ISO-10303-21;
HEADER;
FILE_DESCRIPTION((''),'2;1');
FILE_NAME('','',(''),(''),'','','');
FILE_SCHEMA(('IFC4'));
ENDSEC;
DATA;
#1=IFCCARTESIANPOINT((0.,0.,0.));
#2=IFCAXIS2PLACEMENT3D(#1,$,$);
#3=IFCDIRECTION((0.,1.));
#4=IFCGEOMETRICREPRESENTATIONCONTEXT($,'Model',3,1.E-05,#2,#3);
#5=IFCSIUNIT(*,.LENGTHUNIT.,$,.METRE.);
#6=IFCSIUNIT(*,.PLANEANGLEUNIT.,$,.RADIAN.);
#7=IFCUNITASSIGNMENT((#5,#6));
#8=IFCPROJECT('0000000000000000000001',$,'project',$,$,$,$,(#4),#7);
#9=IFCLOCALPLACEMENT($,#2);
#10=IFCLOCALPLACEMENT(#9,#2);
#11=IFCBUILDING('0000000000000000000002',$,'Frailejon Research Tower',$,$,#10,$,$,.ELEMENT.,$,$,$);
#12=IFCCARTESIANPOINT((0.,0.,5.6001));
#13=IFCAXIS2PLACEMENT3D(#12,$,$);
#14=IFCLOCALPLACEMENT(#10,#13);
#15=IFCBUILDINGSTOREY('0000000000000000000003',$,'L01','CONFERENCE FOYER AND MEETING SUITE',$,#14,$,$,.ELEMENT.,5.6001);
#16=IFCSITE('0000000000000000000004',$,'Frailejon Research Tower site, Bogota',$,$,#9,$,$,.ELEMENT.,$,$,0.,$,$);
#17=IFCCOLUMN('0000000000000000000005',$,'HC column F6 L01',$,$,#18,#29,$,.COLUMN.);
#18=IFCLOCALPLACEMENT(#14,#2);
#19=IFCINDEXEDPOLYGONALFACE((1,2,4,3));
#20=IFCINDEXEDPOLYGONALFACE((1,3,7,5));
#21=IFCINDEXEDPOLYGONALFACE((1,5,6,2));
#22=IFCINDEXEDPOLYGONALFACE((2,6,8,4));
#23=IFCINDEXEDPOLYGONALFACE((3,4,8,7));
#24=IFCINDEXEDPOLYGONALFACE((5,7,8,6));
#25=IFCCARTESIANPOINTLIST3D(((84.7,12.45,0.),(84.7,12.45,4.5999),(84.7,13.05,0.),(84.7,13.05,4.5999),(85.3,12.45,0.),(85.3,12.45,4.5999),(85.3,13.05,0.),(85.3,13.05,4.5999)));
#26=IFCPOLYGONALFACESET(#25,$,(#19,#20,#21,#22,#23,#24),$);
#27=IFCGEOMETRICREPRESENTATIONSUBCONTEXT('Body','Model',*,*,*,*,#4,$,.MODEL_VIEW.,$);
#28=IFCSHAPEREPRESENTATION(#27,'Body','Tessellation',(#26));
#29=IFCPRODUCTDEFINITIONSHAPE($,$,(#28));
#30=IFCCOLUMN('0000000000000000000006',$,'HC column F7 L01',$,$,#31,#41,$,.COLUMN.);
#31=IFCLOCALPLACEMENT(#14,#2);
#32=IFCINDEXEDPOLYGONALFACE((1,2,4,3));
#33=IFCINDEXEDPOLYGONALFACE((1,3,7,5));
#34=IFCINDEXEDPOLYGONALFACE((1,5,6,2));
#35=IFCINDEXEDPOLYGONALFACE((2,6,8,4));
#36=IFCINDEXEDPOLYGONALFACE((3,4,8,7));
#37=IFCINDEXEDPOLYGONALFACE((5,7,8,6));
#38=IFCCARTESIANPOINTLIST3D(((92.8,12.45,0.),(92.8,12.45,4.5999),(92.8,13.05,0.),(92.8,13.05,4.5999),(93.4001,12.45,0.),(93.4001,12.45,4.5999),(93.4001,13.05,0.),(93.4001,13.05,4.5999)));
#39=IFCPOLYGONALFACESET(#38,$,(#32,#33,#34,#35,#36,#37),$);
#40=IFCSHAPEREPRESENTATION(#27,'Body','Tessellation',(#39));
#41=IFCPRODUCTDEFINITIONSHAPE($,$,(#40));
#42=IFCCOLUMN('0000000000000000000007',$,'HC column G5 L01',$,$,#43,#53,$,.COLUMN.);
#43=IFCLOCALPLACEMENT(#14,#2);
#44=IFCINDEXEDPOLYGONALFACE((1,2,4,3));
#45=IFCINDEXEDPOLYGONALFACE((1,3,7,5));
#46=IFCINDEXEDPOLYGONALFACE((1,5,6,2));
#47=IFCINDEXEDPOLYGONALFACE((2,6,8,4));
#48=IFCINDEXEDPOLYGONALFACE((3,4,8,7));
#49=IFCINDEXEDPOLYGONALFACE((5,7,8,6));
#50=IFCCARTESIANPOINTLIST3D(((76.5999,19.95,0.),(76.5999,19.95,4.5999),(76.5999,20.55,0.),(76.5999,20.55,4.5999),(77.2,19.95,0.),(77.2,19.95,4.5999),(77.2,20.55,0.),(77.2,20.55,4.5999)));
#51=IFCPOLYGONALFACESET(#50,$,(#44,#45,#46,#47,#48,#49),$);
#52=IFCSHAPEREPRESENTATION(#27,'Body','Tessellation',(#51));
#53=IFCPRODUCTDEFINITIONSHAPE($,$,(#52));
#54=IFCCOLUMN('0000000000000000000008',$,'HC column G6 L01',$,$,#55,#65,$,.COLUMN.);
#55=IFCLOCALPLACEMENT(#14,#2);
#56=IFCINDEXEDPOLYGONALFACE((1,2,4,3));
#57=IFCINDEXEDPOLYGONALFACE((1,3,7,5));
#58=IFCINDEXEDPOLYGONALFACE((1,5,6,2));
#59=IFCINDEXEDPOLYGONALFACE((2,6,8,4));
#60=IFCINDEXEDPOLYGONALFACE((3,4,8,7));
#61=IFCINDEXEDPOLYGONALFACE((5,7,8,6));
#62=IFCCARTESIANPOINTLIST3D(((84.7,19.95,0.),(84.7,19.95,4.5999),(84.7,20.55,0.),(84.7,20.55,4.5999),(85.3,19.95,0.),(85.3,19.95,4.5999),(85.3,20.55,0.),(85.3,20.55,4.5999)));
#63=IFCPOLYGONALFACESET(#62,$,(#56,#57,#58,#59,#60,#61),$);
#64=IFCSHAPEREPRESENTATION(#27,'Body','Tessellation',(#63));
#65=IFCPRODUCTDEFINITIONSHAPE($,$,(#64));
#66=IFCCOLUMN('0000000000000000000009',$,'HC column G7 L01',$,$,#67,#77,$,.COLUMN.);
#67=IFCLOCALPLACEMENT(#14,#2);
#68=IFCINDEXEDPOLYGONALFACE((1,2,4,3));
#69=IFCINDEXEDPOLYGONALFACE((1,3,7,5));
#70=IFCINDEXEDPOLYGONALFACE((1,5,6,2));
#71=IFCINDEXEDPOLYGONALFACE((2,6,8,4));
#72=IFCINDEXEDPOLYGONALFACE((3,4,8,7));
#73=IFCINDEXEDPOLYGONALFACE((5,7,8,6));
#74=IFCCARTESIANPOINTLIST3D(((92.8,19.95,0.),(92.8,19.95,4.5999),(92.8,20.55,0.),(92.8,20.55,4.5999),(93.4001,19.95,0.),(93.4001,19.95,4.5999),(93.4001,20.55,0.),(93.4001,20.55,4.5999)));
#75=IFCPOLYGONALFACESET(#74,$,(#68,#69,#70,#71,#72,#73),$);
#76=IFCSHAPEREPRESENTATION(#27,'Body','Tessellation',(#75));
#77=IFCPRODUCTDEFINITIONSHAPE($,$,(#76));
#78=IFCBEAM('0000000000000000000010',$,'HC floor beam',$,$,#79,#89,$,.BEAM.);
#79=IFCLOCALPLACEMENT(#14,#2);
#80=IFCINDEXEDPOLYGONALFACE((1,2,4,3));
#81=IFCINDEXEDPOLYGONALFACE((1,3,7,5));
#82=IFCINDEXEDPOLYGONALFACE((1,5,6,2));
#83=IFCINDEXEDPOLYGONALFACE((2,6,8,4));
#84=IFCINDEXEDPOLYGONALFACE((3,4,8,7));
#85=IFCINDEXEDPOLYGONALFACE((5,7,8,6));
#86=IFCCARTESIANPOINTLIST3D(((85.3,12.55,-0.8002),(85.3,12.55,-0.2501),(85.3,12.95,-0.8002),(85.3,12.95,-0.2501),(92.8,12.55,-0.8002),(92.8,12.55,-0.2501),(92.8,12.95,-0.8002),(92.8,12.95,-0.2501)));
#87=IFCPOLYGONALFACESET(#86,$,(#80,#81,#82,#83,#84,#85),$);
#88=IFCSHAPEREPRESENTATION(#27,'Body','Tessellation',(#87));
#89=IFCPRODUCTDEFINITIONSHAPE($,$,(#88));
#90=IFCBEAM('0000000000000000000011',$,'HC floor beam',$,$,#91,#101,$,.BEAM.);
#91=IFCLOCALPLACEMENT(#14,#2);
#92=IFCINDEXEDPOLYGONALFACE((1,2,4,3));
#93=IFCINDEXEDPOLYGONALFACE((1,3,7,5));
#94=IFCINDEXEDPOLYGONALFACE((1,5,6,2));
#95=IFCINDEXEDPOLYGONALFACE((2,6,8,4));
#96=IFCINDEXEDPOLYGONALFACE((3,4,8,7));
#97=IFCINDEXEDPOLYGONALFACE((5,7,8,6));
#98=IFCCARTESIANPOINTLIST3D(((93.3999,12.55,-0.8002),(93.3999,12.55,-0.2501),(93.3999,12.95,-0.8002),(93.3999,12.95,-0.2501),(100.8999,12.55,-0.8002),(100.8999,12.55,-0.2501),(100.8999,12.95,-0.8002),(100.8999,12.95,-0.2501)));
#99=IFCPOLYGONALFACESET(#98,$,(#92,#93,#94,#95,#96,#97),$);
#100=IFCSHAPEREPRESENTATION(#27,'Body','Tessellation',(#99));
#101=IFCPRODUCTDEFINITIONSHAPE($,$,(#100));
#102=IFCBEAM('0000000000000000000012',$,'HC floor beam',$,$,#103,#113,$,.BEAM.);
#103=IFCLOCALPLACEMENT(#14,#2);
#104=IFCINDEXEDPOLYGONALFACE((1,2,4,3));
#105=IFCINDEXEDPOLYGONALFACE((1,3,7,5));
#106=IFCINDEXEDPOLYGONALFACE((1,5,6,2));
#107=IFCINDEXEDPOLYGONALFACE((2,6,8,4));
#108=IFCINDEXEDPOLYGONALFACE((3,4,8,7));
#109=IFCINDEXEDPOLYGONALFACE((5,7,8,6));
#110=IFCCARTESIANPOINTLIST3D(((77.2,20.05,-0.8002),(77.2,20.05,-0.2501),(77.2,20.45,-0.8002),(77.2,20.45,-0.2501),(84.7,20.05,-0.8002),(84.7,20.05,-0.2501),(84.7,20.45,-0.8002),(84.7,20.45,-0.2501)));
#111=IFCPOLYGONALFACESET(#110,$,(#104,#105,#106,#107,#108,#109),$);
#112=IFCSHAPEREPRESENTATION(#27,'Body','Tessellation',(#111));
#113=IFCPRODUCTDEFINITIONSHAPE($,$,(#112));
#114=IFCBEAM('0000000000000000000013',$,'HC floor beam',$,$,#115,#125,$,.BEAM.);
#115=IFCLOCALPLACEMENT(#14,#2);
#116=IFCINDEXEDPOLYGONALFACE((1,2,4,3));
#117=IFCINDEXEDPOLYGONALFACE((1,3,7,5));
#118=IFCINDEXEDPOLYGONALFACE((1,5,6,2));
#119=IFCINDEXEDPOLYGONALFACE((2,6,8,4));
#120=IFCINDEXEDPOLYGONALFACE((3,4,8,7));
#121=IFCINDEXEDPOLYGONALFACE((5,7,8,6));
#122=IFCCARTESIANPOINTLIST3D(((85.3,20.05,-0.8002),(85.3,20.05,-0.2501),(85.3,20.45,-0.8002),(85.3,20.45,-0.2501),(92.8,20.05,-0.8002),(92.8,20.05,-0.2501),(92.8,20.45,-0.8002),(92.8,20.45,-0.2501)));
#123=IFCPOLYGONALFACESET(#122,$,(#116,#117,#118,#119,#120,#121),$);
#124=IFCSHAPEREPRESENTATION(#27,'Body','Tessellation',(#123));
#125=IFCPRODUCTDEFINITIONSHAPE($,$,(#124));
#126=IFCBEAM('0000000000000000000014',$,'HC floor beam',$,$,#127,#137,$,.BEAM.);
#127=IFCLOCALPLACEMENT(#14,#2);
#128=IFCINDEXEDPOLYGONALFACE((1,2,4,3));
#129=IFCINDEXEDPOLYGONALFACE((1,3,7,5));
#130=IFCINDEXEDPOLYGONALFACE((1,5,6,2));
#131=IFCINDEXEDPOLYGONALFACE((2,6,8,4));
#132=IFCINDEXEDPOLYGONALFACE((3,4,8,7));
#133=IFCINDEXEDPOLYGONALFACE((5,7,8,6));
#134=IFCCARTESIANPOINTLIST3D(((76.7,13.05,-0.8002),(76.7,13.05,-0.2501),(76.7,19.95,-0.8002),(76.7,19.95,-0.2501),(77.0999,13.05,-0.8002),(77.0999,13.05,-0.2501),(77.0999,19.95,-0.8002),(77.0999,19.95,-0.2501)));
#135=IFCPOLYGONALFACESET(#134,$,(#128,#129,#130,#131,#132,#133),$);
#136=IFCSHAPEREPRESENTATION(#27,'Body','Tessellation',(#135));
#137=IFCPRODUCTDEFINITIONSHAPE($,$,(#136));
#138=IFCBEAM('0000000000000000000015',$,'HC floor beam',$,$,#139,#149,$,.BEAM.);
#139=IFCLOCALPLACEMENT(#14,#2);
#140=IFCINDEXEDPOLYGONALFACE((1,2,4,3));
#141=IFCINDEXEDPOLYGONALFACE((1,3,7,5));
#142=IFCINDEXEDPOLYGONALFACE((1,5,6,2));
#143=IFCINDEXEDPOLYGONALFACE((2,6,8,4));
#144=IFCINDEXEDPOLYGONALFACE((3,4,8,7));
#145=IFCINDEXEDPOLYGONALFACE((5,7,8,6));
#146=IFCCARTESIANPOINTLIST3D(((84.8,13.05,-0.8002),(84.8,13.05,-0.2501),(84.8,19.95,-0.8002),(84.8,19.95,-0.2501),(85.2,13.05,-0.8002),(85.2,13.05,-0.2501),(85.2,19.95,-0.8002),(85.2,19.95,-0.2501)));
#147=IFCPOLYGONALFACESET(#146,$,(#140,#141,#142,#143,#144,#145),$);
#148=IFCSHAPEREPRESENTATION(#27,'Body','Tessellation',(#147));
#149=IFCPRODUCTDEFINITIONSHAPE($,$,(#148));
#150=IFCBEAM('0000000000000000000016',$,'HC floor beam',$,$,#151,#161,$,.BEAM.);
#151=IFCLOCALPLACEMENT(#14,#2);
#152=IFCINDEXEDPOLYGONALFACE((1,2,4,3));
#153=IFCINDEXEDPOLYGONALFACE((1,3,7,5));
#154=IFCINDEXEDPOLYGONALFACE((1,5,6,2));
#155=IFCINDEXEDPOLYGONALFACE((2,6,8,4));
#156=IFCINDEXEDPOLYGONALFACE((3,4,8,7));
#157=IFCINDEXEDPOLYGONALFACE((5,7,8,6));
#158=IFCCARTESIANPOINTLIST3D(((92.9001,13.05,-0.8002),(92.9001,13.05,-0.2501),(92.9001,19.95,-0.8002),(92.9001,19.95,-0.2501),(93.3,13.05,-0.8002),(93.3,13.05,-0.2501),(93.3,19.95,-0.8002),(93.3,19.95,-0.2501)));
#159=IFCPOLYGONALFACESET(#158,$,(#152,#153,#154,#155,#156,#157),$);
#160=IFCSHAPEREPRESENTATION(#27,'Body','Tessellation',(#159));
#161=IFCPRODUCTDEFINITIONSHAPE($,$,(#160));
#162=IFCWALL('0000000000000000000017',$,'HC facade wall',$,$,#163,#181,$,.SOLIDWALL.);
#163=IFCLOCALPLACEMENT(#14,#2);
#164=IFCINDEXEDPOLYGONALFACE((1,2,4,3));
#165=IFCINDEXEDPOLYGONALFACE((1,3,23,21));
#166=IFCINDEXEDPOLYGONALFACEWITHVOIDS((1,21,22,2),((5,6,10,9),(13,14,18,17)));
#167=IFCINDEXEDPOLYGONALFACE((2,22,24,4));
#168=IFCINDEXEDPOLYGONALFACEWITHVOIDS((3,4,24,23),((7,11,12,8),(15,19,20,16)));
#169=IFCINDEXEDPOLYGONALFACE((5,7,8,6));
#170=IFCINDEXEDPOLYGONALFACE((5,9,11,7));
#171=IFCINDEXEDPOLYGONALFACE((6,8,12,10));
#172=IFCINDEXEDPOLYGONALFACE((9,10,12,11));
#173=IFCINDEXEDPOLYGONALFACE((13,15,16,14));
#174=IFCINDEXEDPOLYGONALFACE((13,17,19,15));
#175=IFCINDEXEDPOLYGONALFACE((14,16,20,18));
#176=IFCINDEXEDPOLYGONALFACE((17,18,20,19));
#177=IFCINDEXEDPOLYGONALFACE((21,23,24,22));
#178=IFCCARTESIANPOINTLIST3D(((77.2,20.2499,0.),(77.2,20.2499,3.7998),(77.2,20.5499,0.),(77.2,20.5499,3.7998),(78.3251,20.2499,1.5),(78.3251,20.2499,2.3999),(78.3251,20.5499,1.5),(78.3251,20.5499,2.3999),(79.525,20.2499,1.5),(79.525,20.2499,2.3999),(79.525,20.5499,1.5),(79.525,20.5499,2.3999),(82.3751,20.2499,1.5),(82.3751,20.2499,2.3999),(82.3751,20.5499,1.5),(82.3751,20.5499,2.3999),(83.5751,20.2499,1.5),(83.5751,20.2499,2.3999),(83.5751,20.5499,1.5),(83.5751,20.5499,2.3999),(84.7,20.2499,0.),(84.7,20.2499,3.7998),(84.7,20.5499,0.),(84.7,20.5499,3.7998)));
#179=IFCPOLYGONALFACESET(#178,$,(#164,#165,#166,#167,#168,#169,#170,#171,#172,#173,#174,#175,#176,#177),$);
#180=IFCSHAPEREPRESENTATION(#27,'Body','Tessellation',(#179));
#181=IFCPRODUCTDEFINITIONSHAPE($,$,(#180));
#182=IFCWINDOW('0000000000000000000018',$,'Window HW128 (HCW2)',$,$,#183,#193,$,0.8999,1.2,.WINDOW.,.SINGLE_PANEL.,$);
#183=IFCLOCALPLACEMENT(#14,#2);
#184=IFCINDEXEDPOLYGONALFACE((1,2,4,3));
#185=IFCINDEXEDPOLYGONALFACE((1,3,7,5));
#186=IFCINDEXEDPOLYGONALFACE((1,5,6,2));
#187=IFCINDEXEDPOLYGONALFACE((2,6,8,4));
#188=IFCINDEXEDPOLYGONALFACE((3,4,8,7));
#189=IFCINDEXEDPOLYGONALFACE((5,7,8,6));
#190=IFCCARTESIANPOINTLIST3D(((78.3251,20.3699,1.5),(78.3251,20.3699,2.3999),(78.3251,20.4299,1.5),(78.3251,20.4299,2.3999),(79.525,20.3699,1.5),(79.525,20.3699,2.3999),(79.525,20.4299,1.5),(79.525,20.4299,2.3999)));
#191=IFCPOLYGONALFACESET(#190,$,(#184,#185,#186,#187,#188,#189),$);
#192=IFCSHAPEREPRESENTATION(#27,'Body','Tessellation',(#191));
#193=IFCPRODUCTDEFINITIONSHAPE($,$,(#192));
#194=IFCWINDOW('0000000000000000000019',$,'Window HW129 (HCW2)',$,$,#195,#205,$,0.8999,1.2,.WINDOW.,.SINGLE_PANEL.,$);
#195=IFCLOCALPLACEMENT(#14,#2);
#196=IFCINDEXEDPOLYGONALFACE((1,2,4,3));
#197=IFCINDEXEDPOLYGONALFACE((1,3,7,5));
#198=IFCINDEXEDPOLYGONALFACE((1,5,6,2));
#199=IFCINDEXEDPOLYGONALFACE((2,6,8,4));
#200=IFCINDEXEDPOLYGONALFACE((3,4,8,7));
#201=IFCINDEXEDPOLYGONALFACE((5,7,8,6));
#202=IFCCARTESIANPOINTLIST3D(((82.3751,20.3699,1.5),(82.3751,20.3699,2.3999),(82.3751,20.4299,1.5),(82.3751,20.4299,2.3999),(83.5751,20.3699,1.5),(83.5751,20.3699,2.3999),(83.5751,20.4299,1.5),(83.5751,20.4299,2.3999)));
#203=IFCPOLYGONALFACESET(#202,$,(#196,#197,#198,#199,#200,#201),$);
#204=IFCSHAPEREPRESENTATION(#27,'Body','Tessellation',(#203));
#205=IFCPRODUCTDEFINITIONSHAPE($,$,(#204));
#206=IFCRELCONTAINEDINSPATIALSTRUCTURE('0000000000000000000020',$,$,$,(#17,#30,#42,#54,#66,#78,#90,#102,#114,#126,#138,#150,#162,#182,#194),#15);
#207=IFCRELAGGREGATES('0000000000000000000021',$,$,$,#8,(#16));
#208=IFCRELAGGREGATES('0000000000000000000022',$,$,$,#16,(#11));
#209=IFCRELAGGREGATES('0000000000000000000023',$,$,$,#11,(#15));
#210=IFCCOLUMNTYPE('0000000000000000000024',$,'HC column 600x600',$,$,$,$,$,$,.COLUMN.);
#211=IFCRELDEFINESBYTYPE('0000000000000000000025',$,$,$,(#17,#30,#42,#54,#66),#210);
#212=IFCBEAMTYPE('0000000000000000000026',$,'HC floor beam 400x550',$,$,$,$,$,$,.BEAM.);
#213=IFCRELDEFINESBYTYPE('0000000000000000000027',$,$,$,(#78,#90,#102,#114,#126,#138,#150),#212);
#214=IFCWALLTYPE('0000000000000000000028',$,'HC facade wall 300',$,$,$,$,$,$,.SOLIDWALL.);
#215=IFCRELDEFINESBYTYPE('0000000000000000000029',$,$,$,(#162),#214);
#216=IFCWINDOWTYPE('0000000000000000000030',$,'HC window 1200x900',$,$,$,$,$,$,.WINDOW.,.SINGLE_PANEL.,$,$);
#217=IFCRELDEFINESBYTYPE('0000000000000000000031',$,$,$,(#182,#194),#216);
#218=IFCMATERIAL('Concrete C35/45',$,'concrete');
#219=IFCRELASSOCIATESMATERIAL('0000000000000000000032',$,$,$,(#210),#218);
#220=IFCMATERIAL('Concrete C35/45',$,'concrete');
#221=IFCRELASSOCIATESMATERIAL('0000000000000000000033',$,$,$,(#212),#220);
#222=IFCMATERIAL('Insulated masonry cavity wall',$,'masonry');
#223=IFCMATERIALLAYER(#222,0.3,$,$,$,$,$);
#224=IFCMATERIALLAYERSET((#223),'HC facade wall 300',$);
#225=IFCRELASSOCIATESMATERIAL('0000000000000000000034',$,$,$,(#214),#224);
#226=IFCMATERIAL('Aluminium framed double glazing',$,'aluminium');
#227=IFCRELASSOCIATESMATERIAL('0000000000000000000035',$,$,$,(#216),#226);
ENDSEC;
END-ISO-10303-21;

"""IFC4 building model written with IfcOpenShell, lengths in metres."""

from ifc_helpers import new_model, si_unit, direction, frame, frame_2d, origin, origin_2d, place, context, subcontext, project, spatial, rectangle, extrude, material, layer, layer_set, material_profile, profile_set, type_object, element, fill, save


model = new_model("IFC4")

# Units and contexts
model_context = context("Model", 3, precision=1e-05, world=origin(), true_north=direction((0.0, 1.0)))
body_context = subcontext(model_context, "Body", "Model", "MODEL_VIEW")
ifc_project = project(units=[si_unit("LENGTHUNIT", "METRE"), si_unit("PLANEANGLEUNIT", "RADIAN")], contexts=[model_context])

# Site, building, storey
site_placement = place(None, origin())
site = spatial("IfcSite", under=ifc_project, at=site_placement, Name="Frailejon Research Tower site, Bogota", CompositionType="ELEMENT", RefElevation=0.0)
building_placement = place(site_placement, origin())
building = spatial("IfcBuilding", under=site, at=building_placement, Name="Frailejon Research Tower", CompositionType="ELEMENT")
storey_placement = place(building_placement, frame((0.0, 0.0, 5.6001)))
storey = spatial("IfcBuildingStorey", under=building, at=storey_placement, Name="L01", Description="CONFERENCE FOYER AND MEETING SUITE", CompositionType="ELEMENT", Elevation=5.6001)

# Columns
ifc_material_1 = material(Name="Concrete C35/45", Category="concrete")
ifc_material_profile_1 = material_profile(ifc_material_1, rectangle(XDim=0.6001, YDim=0.6001, at=origin_2d()), Name="HC column 600x600")
ifc_profile_set_1 = profile_set([ifc_material_profile_1], Name="Concrete C35/45")
column_type = type_object("IfcColumnType", Name="HC column 600x600", PredefinedType="COLUMN", material=ifc_profile_set_1)
for number, where, z_axis, x_axis, name in (
    (1, (85.0, 12.75, 0.0), (0.0, 0.0, 1.0), (1.0, 0.0, 0.0), "HC column F6 L01"),
    (2, (93.1001, 12.75, 0.0), (0.0, 0.0, 1.0), (1.0, 0.0, 0.0), "HC column F7 L01"),
    (3, (76.8999, 20.25, 0.0), (0.0, 0.0, 1.0), (1.0, 0.0, 0.0), "HC column G5 L01"),
    (4, (85.0, 20.25, 0.0), (0.0, 0.0, 1.0), (1.0, 0.0, 0.0), "HC column G6 L01"),
    (5, (93.1001, 20.25, 0.0), (0.0, 0.0, 1.0), (1.0, 0.0, 0.0), "HC column G7 L01"),
):
    element("IfcColumn", number, at=place(storey_placement, frame(where, z_axis=z_axis, x_axis=x_axis)), inside=storey, type_object=column_type, Name=name, PredefinedType="COLUMN", context=body_context, shape_type="SweptSolid", body=[
        extrude(rectangle(XDim=0.6001, YDim=0.6001, at=origin_2d()), origin(), (0.0, 0.0, 1.0), 4.5999),
    ])

# Beams
ifc_material_2 = material(Name="Concrete C35/45", Category="concrete")
ifc_material_profile_2 = material_profile(ifc_material_2, rectangle(XDim=0.3999, YDim=0.55, at=origin_2d()), Name="HC floor beam 400x550")
ifc_profile_set_2 = profile_set([ifc_material_profile_2], Name="Concrete C35/45")
beam_type = type_object("IfcBeamType", Name="HC floor beam 400x550", PredefinedType="BEAM", material=ifc_profile_set_2)
for number, where, z_axis, x_axis, name in (
    (6, (85.3, 12.75, -0.5251), (1.0, 0.0, 0.0), (0.0, 1.0, 0.0), "HC floor beam"),
    (7, (93.3999, 12.75, -0.5251), (1.0, 0.0, 0.0), (0.0, 1.0, 0.0), "HC floor beam"),
    (8, (77.2, 20.25, -0.5251), (1.0, 0.0, 0.0), (0.0, 1.0, 0.0), "HC floor beam"),
    (9, (85.3, 20.25, -0.5251), (1.0, 0.0, 0.0), (0.0, 1.0, 0.0), "HC floor beam"),
):
    element("IfcBeam", number, at=place(storey_placement, frame(where, z_axis=z_axis, x_axis=x_axis)), inside=storey, type_object=beam_type, Name=name, PredefinedType="BEAM", context=body_context, shape_type="SweptSolid", body=[
        extrude(rectangle(XDim=0.3999, YDim=0.55, at=origin_2d()), origin(), (0.0, 0.0, 1.0), 7.5),
    ])
for number, where, z_axis, x_axis, name in (
    (10, (76.8999, 13.05, -0.5251), (0.0, 1.0, 0.0), (-1.0, 0.0, 0.0), "HC floor beam"),
    (11, (85.0, 13.05, -0.5251), (0.0, 1.0, 0.0), (-1.0, 0.0, 0.0), "HC floor beam"),
    (12, (93.1001, 13.05, -0.5251), (0.0, 1.0, 0.0), (-1.0, 0.0, 0.0), "HC floor beam"),
):
    element("IfcBeam", number, at=place(storey_placement, frame(where, z_axis=z_axis, x_axis=x_axis)), inside=storey, type_object=beam_type, Name=name, PredefinedType="BEAM", context=body_context, shape_type="SweptSolid", body=[
        extrude(rectangle(XDim=0.3999, YDim=0.55, at=origin_2d()), origin(), (0.0, 0.0, 1.0), 6.8999),
    ])

# Wall, openings, windows
ifc_material_3 = material(Name="Insulated masonry cavity wall", Category="masonry")
ifc_layer_1 = layer(ifc_material_3, 0.3)
ifc_layer_set_1 = layer_set([ifc_layer_1], Name="HC facade wall 300")
wall_type_1 = type_object("IfcWallType", Name="HC facade wall 300", PredefinedType="SOLIDWALL", material=ifc_layer_set_1)
wall_1_placement = place(storey_placement, frame((77.2, 20.3999, 0.0), z_axis=(0.0, 0.0, 1.0), x_axis=(1.0, 0.0, 0.0)))
wall_1 = element("IfcWall", 13, at=wall_1_placement, inside=storey, type_object=wall_type_1, Name="HC facade wall", PredefinedType="SOLIDWALL", context=body_context, shape_type="SweptSolid", body=[
    extrude(rectangle(XDim=7.5, YDim=0.3, at=frame_2d((3.75, 0.0))), origin(), (0.0, 0.0, 1.0), 3.7998),
])
opening_1_placement = place(wall_1_placement, frame((1.125, 0.0, 1.5)))
opening_1 = element("IfcOpeningElement", 14, at=opening_1_placement, cuts=wall_1, PredefinedType="OPENING", context=body_context, shape_type="SweptSolid", body=[
    extrude(rectangle(XDim=1.2, YDim=0.8999, at=frame_2d((0.6001, 0.45))), frame((0.0, 0.1599, 0.0), z_axis=(0.0, -1.0, 0.0), x_axis=(1.0, 0.0, 0.0)), (0.0, 0.0, 1.0), 0.3201),
])
opening_2_placement = place(wall_1_placement, frame((5.175, 0.0, 1.5)))
opening_2 = element("IfcOpeningElement", 15, at=opening_2_placement, cuts=wall_1, PredefinedType="OPENING", context=body_context, shape_type="SweptSolid", body=[
    extrude(rectangle(XDim=1.2, YDim=0.8999, at=frame_2d((0.6001, 0.45))), frame((0.0, 0.1599, 0.0), z_axis=(0.0, -1.0, 0.0), x_axis=(1.0, 0.0, 0.0)), (0.0, 0.0, 1.0), 0.3201),
])
ifc_material_4 = material(Name="Aluminium framed double glazing", Category="aluminium")
window_type = type_object("IfcWindowType", Name="HC window 1200x900", PartitioningType="SINGLE_PANEL", PredefinedType="WINDOW", material=ifc_material_4)
window_1_placement = place(opening_1_placement, origin())
window_1 = element("IfcWindow", 16, at=window_1_placement, inside=storey, type_object=window_type, Name="Window HW128 (HCW2)", OverallHeight=0.8999, OverallWidth=1.2, PartitioningType="SINGLE_PANEL", PredefinedType="WINDOW", context=body_context, shape_type="SweptSolid", body=[
    extrude(rectangle(XDim=1.2, YDim=0.8999, at=frame_2d((0.6001, 0.45))), frame((0.0, 0.03, 0.0), z_axis=(0.0, -1.0, 0.0), x_axis=(1.0, 0.0, 0.0)), (0.0, 0.0, 1.0), 0.0601),
])
fill(opening_1, window_1)
window_2_placement = place(opening_2_placement, origin())
window_2 = element("IfcWindow", 17, at=window_2_placement, inside=storey, type_object=window_type, Name="Window HW129 (HCW2)", OverallHeight=0.8999, OverallWidth=1.2, PartitioningType="SINGLE_PANEL", PredefinedType="WINDOW", context=body_context, shape_type="SweptSolid", body=[
    extrude(rectangle(XDim=1.2, YDim=0.8999, at=frame_2d((0.6001, 0.45))), frame((0.0, 0.03, 0.0), z_axis=(0.0, -1.0, 0.0), x_axis=(1.0, 0.0, 0.0)), (0.0, 0.0, 1.0), 0.0601),
])
fill(opening_2, window_2)

save(model, "model.ifc")
